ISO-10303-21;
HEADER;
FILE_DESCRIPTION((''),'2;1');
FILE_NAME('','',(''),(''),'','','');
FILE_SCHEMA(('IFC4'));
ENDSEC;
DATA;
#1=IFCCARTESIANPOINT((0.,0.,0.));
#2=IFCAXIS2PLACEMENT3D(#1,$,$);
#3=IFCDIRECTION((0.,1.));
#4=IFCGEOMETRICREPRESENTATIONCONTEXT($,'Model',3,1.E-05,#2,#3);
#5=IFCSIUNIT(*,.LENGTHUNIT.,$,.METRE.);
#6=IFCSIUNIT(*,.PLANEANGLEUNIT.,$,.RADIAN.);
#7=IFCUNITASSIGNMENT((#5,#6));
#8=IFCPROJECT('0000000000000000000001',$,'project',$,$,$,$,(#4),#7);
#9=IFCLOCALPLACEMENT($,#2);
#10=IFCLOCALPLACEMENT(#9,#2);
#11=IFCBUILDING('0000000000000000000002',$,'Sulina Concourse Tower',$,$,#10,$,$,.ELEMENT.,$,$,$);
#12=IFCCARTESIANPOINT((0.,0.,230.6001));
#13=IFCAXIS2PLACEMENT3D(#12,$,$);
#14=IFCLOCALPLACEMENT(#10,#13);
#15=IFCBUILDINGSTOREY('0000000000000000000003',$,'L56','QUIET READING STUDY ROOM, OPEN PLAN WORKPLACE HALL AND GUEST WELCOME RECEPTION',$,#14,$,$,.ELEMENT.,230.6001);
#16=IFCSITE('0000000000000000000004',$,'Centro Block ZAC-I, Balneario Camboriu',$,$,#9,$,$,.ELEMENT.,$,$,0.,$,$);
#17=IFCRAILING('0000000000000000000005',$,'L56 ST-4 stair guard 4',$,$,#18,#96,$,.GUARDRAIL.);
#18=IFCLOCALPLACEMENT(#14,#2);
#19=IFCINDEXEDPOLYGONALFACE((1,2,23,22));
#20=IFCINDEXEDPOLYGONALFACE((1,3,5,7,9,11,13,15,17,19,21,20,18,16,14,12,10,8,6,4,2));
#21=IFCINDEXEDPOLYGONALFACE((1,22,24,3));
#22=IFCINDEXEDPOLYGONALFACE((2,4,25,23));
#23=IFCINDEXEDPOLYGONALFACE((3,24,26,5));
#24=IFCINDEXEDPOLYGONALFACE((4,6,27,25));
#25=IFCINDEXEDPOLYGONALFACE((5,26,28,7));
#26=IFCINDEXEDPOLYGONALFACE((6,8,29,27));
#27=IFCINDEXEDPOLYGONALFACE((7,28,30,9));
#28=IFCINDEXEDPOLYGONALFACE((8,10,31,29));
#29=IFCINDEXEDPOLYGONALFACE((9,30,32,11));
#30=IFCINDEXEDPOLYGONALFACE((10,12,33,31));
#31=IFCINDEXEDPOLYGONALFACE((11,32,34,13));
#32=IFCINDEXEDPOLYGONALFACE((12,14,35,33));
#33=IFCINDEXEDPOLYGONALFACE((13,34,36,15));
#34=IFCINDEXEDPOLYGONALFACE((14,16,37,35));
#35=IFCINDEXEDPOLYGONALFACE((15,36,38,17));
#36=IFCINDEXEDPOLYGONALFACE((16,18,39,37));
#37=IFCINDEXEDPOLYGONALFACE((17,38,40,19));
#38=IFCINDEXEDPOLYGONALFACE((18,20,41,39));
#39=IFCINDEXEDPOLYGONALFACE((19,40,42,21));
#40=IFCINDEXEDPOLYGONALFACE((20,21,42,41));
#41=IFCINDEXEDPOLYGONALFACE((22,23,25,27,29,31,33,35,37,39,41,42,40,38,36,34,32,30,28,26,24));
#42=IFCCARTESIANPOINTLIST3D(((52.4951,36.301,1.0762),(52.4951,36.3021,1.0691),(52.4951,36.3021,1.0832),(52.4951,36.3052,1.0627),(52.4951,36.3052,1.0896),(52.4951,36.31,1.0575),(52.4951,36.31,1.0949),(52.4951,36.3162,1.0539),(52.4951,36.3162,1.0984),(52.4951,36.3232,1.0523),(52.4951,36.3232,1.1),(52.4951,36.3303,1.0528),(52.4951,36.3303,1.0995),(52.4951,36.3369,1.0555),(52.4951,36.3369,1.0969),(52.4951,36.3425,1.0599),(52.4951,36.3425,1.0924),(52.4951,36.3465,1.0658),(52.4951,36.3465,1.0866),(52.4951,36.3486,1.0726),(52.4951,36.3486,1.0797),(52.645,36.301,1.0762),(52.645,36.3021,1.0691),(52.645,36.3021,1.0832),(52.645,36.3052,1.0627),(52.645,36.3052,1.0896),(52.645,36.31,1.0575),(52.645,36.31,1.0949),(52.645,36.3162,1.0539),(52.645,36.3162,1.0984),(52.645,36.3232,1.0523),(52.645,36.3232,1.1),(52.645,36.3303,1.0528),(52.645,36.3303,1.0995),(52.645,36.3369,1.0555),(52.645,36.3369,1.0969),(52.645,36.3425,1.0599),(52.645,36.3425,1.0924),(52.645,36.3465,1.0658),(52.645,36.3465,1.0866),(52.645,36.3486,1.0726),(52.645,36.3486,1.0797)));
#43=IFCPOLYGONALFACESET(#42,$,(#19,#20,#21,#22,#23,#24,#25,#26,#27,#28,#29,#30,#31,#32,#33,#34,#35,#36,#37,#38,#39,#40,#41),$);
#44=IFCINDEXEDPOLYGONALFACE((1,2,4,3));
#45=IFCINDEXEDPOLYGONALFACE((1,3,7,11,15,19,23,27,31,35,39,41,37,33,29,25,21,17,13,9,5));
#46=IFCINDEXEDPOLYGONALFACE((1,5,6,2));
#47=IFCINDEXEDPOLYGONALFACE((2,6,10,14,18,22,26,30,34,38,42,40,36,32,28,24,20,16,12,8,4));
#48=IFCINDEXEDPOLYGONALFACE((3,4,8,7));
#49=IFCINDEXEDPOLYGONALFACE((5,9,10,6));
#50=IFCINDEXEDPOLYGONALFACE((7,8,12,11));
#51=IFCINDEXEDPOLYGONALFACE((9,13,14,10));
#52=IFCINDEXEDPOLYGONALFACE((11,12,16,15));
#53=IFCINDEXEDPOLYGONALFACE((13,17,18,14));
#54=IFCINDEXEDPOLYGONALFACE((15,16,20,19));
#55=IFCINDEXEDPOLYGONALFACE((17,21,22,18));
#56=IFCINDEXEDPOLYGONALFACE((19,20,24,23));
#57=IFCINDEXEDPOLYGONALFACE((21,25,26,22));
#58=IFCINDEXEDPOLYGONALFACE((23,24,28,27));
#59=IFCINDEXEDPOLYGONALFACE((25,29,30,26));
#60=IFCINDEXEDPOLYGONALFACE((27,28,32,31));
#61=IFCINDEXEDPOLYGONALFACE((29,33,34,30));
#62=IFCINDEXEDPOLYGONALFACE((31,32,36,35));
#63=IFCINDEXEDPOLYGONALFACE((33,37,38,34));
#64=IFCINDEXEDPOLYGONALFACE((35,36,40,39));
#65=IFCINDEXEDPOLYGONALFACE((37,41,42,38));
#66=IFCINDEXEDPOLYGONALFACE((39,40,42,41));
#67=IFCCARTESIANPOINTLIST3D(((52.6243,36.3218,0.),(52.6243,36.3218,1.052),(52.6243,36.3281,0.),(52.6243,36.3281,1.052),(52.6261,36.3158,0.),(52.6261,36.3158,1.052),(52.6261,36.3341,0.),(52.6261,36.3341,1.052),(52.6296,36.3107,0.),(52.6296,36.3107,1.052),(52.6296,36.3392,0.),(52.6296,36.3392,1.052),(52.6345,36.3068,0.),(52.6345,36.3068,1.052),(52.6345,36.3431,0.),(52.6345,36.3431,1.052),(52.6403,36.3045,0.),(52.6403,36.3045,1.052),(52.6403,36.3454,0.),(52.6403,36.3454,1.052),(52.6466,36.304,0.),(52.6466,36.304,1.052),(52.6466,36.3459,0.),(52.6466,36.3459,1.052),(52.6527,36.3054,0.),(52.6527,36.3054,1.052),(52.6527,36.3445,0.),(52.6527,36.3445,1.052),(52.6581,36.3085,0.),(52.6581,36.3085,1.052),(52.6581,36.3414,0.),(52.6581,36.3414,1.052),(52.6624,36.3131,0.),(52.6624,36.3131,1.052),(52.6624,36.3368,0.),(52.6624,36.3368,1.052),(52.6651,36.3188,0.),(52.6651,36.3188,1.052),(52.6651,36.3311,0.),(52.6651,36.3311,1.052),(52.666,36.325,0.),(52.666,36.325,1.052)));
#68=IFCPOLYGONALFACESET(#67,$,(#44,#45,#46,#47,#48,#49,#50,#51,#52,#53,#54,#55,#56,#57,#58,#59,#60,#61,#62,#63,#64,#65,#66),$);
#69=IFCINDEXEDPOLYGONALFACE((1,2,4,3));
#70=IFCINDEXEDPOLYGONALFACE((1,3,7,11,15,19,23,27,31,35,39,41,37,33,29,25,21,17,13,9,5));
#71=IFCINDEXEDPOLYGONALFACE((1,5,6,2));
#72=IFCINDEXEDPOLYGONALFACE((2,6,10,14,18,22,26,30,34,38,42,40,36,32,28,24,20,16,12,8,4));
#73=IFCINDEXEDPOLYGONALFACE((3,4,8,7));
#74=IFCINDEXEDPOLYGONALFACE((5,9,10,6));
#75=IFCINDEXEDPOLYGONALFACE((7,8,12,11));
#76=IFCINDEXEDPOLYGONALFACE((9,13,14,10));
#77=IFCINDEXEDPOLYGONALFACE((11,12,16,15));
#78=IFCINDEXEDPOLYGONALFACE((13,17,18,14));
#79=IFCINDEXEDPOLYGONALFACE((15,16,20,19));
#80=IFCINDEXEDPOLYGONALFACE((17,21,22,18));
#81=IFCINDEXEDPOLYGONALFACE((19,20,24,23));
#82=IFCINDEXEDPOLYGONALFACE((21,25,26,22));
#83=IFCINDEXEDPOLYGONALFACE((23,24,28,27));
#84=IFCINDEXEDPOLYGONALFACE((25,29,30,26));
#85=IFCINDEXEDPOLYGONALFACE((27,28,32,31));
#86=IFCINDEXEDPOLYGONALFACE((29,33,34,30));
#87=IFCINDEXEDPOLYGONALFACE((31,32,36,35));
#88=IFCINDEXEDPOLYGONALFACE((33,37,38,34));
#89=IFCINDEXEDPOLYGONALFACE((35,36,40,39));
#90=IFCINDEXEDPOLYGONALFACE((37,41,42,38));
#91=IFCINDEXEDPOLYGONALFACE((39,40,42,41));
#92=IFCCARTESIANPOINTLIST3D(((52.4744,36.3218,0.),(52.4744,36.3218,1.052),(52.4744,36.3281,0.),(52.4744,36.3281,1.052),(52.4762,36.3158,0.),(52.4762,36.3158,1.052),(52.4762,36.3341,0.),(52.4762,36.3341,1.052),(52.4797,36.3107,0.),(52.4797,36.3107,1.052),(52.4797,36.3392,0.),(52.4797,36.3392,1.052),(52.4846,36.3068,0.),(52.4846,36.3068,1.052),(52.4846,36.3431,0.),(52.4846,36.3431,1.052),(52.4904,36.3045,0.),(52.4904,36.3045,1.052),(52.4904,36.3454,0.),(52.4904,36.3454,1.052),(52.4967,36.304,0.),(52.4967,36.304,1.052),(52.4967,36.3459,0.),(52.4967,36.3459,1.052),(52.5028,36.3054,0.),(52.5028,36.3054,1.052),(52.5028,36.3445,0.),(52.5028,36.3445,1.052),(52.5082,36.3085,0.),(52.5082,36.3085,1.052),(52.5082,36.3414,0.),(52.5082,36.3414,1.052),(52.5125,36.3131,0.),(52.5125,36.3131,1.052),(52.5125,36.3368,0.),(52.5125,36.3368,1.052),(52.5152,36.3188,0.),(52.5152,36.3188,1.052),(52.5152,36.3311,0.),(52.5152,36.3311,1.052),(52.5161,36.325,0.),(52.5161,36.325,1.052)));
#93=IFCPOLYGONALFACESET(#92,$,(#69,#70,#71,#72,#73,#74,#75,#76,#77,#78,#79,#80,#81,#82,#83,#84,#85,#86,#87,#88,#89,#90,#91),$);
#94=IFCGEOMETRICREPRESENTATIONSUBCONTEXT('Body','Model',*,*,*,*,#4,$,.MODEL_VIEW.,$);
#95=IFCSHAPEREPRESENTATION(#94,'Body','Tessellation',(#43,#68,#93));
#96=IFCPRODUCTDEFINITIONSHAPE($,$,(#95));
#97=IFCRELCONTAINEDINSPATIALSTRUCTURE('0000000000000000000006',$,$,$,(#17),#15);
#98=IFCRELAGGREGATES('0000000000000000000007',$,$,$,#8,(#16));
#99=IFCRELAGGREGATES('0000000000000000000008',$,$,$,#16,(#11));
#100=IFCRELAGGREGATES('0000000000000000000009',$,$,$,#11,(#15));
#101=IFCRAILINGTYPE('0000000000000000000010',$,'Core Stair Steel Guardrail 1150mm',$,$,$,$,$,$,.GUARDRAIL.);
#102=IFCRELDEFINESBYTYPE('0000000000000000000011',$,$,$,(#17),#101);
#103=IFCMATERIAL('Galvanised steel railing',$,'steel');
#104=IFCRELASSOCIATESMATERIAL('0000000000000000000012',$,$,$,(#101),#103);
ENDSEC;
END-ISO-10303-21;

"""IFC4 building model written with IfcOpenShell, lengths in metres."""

from ifc_helpers import new_model, si_unit, direction, frame, origin, origin_2d, place, context, subcontext, project, spatial, circle, extrude, material, type_object, element, save


model = new_model("IFC4")

# Units and contexts
model_context = context("Model", 3, precision=1e-05, world=origin(), true_north=direction((0.0, 1.0)))
body_context = subcontext(model_context, "Body", "Model", "MODEL_VIEW")
ifc_project = project(units=[si_unit("LENGTHUNIT", "METRE"), si_unit("PLANEANGLEUNIT", "RADIAN")], contexts=[model_context])

# Site, building, storey
site_placement = place(None, origin())
site = spatial("IfcSite", under=ifc_project, at=site_placement, Name="Centro Block ZAC-I, Balneario Camboriu", CompositionType="ELEMENT", RefElevation=0.0)
building_placement = place(site_placement, origin())
building = spatial("IfcBuilding", under=site, at=building_placement, Name="Sulina Concourse Tower", CompositionType="ELEMENT")
storey_placement = place(building_placement, frame((0.0, 0.0, 230.6001)))
storey = spatial("IfcBuildingStorey", under=building, at=storey_placement, Name="L56", Description="QUIET READING STUDY ROOM, OPEN PLAN WORKPLACE HALL AND GUEST WELCOME RECEPTION", CompositionType="ELEMENT", Elevation=230.6001)

# Railing
ifc_material_1 = material(Name="Galvanised steel railing", Category="steel")
railing_type_1 = type_object("IfcRailingType", Name="Core Stair Steel Guardrail 1150mm", PredefinedType="GUARDRAIL", material=ifc_material_1)
railing_1_placement = place(storey_placement, frame((52.645, 36.325, 0.0)))
element("IfcRailing", 1, at=railing_1_placement, inside=storey, type_object=railing_type_1, Name="L56 ST-4 stair guard 4", PredefinedType="GUARDRAIL", context=body_context, shape_type="SweptSolid", body=[
    extrude(circle(Radius=0.0239, at=origin_2d()), frame((0.0, 0.0, 1.0762), z_axis=(-1.0, 0.0, 0.0), x_axis=(0.0, -1.0, 0.0)), (0.0, 0.0, 1.0), 0.1499),
    extrude(circle(Radius=0.021, at=origin_2d()), origin(), (0.0, 0.0, 1.0), 1.052),
    extrude(circle(Radius=0.021, at=origin_2d()), frame((-0.1499, 0.0, 0.0)), (0.0, 0.0, 1.0), 1.052),
])

save(model, "model.ifc")
